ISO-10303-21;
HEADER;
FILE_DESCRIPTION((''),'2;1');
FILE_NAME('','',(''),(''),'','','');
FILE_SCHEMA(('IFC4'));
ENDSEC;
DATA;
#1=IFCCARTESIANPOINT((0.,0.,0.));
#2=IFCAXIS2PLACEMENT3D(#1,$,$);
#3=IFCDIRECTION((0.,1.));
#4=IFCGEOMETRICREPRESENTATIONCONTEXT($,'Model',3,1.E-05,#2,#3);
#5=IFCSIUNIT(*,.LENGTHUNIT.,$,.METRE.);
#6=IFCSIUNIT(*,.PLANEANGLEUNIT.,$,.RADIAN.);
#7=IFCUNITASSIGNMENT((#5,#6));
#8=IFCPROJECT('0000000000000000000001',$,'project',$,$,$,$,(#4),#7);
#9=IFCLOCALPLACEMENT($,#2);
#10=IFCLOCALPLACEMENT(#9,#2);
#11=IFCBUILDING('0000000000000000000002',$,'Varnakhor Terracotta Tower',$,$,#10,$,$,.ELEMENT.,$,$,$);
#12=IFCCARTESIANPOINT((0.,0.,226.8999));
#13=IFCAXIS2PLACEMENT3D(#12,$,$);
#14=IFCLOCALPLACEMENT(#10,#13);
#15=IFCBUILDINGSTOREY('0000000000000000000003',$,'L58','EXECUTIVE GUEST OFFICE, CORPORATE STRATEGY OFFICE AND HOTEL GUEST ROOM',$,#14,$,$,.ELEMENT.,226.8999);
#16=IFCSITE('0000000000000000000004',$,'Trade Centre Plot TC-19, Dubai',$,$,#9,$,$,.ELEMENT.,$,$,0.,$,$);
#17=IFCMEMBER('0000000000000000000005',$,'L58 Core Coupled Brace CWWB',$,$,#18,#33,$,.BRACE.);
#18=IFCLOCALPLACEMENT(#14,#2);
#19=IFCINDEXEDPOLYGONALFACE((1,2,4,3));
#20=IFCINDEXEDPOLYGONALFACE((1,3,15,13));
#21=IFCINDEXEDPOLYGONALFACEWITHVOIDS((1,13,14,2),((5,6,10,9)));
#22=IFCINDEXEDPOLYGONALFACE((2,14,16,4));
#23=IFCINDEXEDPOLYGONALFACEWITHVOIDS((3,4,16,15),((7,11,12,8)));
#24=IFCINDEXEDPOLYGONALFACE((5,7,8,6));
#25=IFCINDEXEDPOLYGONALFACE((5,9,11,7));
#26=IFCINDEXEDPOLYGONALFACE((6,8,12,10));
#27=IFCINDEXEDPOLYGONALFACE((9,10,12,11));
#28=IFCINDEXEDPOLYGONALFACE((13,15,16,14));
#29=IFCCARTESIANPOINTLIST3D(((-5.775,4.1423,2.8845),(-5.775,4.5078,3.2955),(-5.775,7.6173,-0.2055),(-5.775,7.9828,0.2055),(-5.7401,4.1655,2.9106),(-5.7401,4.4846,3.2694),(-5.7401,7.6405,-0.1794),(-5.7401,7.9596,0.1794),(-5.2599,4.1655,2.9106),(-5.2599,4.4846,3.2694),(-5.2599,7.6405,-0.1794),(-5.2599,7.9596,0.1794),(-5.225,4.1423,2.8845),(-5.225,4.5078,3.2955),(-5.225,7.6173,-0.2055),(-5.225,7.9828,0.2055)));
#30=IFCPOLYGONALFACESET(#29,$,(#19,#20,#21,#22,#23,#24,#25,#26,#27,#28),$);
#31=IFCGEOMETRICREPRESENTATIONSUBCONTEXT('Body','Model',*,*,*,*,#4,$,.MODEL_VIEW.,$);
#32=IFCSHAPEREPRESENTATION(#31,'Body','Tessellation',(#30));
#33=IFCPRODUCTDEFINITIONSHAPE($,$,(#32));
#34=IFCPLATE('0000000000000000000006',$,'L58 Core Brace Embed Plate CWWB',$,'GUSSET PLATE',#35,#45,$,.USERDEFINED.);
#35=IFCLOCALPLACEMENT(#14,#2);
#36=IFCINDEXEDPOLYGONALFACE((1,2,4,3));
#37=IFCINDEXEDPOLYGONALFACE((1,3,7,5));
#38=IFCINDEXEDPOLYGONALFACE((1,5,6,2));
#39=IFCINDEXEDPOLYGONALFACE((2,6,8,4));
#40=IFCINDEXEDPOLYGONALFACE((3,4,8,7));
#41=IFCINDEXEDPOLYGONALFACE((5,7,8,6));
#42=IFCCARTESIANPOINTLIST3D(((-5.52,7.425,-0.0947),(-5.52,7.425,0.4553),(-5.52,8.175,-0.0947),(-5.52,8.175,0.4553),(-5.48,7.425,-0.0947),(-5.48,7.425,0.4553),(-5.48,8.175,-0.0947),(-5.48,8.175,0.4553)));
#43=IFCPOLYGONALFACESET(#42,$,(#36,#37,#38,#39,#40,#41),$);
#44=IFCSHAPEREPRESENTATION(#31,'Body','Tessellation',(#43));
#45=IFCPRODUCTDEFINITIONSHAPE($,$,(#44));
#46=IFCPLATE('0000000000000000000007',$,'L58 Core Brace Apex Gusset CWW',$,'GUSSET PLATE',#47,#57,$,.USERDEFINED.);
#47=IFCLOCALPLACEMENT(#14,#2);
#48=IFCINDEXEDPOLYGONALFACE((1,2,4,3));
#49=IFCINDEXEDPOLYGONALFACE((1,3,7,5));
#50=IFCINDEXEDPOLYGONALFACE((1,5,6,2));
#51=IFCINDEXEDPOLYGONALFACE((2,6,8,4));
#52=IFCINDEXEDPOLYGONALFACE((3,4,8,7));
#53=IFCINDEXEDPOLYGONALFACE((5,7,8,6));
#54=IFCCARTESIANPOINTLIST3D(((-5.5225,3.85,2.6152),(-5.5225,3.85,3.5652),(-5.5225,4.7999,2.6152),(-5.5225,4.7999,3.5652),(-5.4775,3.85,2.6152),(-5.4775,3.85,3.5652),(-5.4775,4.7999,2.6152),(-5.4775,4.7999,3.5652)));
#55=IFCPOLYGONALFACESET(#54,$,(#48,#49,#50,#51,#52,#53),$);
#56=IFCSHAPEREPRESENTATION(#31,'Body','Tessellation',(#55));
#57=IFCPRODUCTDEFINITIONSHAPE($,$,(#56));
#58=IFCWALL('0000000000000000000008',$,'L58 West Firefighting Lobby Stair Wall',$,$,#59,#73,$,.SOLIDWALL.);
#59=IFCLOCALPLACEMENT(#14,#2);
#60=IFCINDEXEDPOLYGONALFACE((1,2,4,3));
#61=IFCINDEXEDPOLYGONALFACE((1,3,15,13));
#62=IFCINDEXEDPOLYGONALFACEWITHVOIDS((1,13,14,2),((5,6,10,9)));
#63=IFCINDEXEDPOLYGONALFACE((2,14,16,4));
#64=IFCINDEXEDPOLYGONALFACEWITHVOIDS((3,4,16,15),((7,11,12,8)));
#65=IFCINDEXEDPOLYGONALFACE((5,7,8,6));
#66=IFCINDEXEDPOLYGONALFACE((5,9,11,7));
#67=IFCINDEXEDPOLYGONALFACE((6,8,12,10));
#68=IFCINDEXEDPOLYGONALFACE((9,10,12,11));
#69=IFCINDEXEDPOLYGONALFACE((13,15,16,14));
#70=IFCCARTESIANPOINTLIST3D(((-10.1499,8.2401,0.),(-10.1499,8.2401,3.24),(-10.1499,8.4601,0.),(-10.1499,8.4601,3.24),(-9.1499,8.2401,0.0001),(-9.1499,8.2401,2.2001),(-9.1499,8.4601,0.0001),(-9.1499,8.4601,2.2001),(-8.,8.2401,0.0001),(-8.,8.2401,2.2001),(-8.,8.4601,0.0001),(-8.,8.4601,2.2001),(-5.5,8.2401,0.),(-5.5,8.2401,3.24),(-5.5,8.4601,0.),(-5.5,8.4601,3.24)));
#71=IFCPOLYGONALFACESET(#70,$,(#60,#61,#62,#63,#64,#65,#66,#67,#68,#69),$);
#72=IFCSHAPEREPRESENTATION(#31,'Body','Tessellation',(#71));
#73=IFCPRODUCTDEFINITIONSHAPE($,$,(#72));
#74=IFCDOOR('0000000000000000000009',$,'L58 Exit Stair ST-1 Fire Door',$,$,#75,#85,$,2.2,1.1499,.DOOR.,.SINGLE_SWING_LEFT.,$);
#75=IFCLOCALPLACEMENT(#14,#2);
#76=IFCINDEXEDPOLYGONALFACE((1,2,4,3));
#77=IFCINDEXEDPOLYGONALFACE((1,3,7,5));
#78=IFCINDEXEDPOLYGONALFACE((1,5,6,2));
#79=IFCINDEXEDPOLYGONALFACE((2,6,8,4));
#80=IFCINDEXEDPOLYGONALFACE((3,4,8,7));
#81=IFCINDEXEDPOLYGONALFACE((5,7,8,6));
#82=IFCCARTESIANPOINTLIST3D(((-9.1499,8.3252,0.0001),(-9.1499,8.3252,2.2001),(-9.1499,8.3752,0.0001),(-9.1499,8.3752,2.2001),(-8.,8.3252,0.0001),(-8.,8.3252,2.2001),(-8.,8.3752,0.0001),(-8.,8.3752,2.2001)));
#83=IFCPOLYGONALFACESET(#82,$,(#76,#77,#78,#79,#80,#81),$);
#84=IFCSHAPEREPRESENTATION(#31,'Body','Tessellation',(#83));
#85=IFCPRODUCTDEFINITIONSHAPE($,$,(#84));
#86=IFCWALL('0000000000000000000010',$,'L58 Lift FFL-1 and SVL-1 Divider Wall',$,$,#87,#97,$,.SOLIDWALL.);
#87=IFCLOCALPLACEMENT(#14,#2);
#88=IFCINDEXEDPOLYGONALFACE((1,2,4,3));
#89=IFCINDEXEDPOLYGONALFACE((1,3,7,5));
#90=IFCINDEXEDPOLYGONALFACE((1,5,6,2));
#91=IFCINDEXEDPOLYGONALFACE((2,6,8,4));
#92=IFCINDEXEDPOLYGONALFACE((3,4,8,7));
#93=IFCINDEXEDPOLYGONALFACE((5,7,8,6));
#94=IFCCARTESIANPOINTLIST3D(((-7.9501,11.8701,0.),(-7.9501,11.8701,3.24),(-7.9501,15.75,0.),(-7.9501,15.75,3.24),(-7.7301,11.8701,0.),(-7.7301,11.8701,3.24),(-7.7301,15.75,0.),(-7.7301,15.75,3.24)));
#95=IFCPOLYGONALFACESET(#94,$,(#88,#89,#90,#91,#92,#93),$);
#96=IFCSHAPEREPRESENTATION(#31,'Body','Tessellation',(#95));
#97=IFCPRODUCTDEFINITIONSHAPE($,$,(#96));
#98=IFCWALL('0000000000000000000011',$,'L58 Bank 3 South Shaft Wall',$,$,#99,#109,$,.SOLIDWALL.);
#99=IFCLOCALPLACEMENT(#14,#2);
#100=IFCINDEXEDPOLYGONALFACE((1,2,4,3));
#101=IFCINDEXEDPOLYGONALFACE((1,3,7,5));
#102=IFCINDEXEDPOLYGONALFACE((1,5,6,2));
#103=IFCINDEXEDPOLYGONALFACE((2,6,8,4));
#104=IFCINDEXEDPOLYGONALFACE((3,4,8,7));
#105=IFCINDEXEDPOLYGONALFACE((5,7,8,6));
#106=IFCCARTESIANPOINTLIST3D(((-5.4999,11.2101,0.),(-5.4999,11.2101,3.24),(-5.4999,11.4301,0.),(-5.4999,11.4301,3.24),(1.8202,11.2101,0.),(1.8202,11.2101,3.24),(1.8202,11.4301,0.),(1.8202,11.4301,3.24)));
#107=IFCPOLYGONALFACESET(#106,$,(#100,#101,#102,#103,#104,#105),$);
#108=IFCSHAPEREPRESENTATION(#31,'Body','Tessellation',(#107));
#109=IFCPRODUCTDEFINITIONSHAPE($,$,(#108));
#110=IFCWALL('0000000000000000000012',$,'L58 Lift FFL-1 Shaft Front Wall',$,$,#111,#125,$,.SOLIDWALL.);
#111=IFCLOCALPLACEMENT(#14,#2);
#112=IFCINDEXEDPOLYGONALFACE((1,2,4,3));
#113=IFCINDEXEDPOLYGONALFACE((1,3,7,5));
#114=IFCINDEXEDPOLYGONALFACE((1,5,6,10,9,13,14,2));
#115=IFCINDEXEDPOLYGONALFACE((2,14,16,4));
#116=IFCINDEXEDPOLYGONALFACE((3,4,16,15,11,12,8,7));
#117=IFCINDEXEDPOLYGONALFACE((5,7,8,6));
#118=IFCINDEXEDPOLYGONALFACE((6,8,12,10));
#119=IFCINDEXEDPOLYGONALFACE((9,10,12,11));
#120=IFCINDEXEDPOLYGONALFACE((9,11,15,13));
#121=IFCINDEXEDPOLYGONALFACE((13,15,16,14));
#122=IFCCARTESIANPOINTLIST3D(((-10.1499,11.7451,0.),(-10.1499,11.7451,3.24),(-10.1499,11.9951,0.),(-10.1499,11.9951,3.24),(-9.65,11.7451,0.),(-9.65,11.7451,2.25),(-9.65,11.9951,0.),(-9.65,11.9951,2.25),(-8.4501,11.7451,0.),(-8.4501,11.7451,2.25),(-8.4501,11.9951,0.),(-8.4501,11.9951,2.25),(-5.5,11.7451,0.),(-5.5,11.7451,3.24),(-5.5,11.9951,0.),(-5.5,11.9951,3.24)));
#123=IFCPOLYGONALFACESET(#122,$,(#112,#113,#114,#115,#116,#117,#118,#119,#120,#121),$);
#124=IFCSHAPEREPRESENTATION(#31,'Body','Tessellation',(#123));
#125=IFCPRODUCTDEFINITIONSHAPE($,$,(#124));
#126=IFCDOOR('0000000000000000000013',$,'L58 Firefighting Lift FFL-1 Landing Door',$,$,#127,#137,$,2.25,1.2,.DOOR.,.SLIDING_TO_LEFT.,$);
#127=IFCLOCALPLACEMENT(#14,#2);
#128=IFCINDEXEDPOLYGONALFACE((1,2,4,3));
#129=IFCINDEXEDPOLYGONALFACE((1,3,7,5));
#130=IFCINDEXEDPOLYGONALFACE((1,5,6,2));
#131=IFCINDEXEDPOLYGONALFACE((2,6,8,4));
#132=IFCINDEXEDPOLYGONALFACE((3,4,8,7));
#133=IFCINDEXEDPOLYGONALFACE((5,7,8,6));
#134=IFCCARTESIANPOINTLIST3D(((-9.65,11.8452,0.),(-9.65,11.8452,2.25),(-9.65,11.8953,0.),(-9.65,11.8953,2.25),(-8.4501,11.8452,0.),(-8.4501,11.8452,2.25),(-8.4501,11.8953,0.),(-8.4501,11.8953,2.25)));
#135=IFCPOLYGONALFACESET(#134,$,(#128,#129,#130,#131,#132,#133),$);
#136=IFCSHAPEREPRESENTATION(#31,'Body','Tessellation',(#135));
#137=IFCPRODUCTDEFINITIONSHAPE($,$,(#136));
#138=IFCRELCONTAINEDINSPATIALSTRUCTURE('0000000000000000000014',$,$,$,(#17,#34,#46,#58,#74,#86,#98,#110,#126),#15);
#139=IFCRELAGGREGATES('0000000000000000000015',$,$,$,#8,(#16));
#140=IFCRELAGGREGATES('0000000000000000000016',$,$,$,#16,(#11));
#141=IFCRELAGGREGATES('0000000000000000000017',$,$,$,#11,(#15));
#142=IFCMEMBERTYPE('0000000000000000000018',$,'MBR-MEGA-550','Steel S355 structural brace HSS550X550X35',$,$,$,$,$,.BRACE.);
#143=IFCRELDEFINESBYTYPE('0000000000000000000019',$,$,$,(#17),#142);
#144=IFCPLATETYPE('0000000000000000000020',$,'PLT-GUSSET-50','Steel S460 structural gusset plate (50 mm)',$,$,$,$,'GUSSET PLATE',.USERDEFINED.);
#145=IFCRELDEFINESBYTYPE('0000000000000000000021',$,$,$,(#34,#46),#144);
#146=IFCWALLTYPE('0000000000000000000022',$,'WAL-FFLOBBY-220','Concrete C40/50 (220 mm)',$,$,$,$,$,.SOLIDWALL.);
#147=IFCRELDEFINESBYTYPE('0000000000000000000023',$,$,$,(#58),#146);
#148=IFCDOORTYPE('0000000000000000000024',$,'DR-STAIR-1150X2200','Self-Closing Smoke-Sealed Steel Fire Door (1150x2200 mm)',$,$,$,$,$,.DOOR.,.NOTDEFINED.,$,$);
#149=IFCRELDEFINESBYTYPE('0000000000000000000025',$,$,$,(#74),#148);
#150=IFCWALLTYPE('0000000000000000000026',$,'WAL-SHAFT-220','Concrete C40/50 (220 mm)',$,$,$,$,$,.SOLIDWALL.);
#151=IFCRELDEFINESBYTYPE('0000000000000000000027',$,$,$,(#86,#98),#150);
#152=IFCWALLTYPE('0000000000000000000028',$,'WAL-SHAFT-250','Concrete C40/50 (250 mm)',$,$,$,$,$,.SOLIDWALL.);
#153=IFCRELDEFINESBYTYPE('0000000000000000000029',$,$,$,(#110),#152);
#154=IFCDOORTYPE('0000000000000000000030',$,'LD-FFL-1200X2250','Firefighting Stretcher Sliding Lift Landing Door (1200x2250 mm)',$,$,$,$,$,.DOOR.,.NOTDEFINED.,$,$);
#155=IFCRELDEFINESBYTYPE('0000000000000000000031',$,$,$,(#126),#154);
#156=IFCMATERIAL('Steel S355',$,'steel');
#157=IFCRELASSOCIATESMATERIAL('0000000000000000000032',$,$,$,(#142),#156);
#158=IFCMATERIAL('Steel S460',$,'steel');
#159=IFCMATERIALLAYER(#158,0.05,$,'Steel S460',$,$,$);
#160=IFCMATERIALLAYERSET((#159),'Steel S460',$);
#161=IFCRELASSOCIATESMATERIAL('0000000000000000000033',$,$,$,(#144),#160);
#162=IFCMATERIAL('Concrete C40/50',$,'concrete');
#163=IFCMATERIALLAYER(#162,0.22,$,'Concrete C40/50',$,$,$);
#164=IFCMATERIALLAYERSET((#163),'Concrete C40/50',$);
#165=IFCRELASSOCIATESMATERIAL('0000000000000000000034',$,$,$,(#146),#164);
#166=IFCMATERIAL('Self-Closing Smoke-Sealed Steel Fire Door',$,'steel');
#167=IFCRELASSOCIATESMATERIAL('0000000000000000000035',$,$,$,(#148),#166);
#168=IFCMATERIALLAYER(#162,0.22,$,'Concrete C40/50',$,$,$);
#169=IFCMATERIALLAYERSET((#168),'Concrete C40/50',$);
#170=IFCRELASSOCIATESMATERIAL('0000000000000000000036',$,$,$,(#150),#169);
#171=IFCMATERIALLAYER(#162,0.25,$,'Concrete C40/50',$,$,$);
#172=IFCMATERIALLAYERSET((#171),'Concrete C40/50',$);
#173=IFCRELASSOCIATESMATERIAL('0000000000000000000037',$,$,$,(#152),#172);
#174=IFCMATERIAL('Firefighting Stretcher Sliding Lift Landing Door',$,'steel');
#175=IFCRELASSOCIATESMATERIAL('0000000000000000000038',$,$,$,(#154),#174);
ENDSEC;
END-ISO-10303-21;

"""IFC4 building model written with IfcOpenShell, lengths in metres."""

from ifc_helpers import new_model, si_unit, direction, frame, frame_2d, origin, origin_2d, place, context, subcontext, project, spatial, rectangle, hollow_rectangle, extrude, source, transform, mapped, material, layer, layer_set, material_profile, profile_set, type_object, type_shapes, element, fill, save


model = new_model("IFC4")

# Units and contexts
model_context = context("Model", 3, precision=1e-05, world=origin(), true_north=direction((0.0, 1.0)))
body_context = subcontext(model_context, "Body", "Model", "MODEL_VIEW")
ifc_project = project(units=[si_unit("LENGTHUNIT", "METRE"), si_unit("PLANEANGLEUNIT", "RADIAN")], contexts=[model_context])

# Site, building, storey
site_placement = place(None, origin())
site = spatial("IfcSite", under=ifc_project, at=site_placement, Name="Trade Centre Plot TC-19, Dubai", CompositionType="ELEMENT", RefElevation=0.0)
building_placement = place(site_placement, origin())
building = spatial("IfcBuilding", under=site, at=building_placement, Name="Varnakhor Terracotta Tower", CompositionType="ELEMENT")
storey_placement = place(building_placement, frame((0.0, 0.0, 226.8999)))
storey = spatial("IfcBuildingStorey", under=building, at=storey_placement, Name="L58", Description="EXECUTIVE GUEST OFFICE, CORPORATE STRATEGY OFFICE AND HOTEL GUEST ROOM", CompositionType="ELEMENT", Elevation=226.8999)

# Member
ifc_material_1 = material(Name="Steel S355", Category="steel")
ifc_material_profile = material_profile(ifc_material_1, hollow_rectangle(XDim=0.55, YDim=0.55, WallThickness=0.0349, at=origin_2d()), Name="HSS550X550X35")
ifc_profile_set = profile_set([ifc_material_profile], Name="Steel S355")
member_type = type_object("IfcMemberType", Name="MBR-MEGA-550", Description="Steel S355 structural brace HSS550X550X35", PredefinedType="BRACE", material=ifc_profile_set)
shared_shape_1 = source(origin(), body_context, "Body", "SweptSolid", [
    extrude(hollow_rectangle(XDim=0.55, YDim=0.55, WallThickness=0.0349, at=origin_2d()), origin(), (0.0, 0.0, 1.0), 4.6501),
])
member_placement = place(storey_placement, frame((-5.5, 7.8, 0.0), z_axis=(0.0, -0.747291, 0.664497), x_axis=(1.0, 0.0, 0.0)))
element("IfcMember", 1, at=member_placement, inside=storey, type_object=member_type, Name="L58 Core Coupled Brace CWWB", PredefinedType="BRACE", context=body_context, shape_type="MappedRepresentation", body=[
    mapped(shared_shape_1, transform((0.0, 0.0, 0.0), scale=1.0)),
])

# Plates
ifc_material_2 = material(Name="Steel S460", Category="steel")
ifc_layer_1 = layer(ifc_material_2, 0.05, Name="Steel S460")
ifc_layer_set_1 = layer_set([ifc_layer_1], Name="Steel S460")
plate_type = type_object("IfcPlateType", Name="PLT-GUSSET-50", Description="Steel S460 structural gusset plate (50 mm)", ElementType="GUSSET PLATE", PredefinedType="USERDEFINED", material=ifc_layer_set_1)
shared_shape_2 = source(origin(), body_context, "Body", "SweptSolid", [
    extrude(rectangle(XDim=0.75, YDim=0.04, at=origin_2d()), origin(), (0.0, 0.0, 1.0), 0.55),
])
type_shapes(plate_type, [shared_shape_2])
plate_1_placement = place(storey_placement, frame((-5.5, 7.8, -0.0947), z_axis=(0.0, 0.0, 1.0), x_axis=(0.0, 1.0, 0.0)))
element("IfcPlate", 2, at=plate_1_placement, inside=storey, type_object=plate_type, Name="L58 Core Brace Embed Plate CWWB", ObjectType="GUSSET PLATE", PredefinedType="USERDEFINED", context=body_context, shape_type="MappedRepresentation", body=[
    mapped(shared_shape_2, transform((0.0, 0.0, 0.0), scale=1.0)),
])
shared_shape_3 = source(origin(), body_context, "Body", "SweptSolid", [
    extrude(rectangle(XDim=0.95, YDim=0.0449, at=origin_2d()), origin(), (0.0, 0.0, 1.0), 0.95),
])
plate_2_placement = place(storey_placement, frame((-5.5, 4.325, 2.6152), z_axis=(0.0, 0.0, 1.0), x_axis=(0.0, 1.0, 0.0)))
element("IfcPlate", 3, at=plate_2_placement, inside=storey, type_object=plate_type, Name="L58 Core Brace Apex Gusset CWW", ObjectType="GUSSET PLATE", PredefinedType="USERDEFINED", context=body_context, shape_type="MappedRepresentation", body=[
    mapped(shared_shape_3, transform((0.0, 0.0, 0.0), scale=1.0)),
])

# Wall, opening, door
ifc_material_3 = material(Name="Concrete C40/50", Category="concrete")
ifc_layer_2 = layer(ifc_material_3, 0.22, Name="Concrete C40/50")
ifc_layer_set_2 = layer_set([ifc_layer_2], Name="Concrete C40/50")
wall_type_1 = type_object("IfcWallType", Name="WAL-FFLOBBY-220", Description="Concrete C40/50 (220 mm)", PredefinedType="SOLIDWALL", material=ifc_layer_set_2)
wall_1_placement = place(storey_placement, frame((-5.5, 8.3501, 0.0), z_axis=(0.0, 0.0, 1.0), x_axis=(-1.0, 0.0, 0.0)))
wall_1 = element("IfcWall", 4, at=wall_1_placement, inside=storey, type_object=wall_type_1, Name="L58 West Firefighting Lobby Stair Wall", PredefinedType="SOLIDWALL", context=body_context, shape_type="SweptSolid", body=[
    extrude(rectangle(XDim=4.6499, YDim=0.22, at=frame_2d((2.325, 0.0))), origin(), (0.0, 0.0, 1.0), 3.24),
])
opening_1_placement = place(wall_1_placement, frame((2.5, 0.0, 0.0)))
opening_1 = element("IfcOpeningElement", 5, at=opening_1_placement, cuts=wall_1, PredefinedType="OPENING", context=body_context, shape_type="SweptSolid", body=[
    extrude(rectangle(XDim=1.1499, YDim=2.2, at=frame_2d((0.575, 1.1001))), frame((0.0, 0.1201, 0.0), z_axis=(0.0, -1.0, 0.0), x_axis=(1.0, 0.0, 0.0)), (0.0, 0.0, 1.0), 0.24),
])
ifc_material_4 = material(Name="Self-Closing Smoke-Sealed Steel Fire Door", Category="steel")
door_type_1 = type_object("IfcDoorType", Name="DR-STAIR-1150X2200", Description="Self-Closing Smoke-Sealed Steel Fire Door (1150x2200 mm)", OperationType="NOTDEFINED", PredefinedType="DOOR", material=ifc_material_4)
shared_shape_4 = source(origin(), body_context, "Body", "SweptSolid", [
    extrude(rectangle(XDim=1.1499, YDim=2.2, at=frame_2d((0.575, 1.1001))), frame((0.0, 0.0249, 0.0), z_axis=(0.0, -1.0, 0.0), x_axis=(1.0, 0.0, 0.0)), (0.0, 0.0, 1.0), 0.05),
])
type_shapes(door_type_1, [shared_shape_4])
door_1_placement = place(opening_1_placement, origin())
door_1 = element("IfcDoor", 6, at=door_1_placement, inside=storey, type_object=door_type_1, Name="L58 Exit Stair ST-1 Fire Door", OperationType="SINGLE_SWING_LEFT", OverallHeight=2.2, OverallWidth=1.1499, PredefinedType="DOOR", context=body_context, shape_type="MappedRepresentation", body=[
    mapped(shared_shape_4, transform((0.0, 0.0, 0.0), scale=1.0)),
])
fill(opening_1, door_1)

# Walls
ifc_layer_3 = layer(ifc_material_3, 0.22, Name="Concrete C40/50")
ifc_layer_set_3 = layer_set([ifc_layer_3], Name="Concrete C40/50")
wall_type_2 = type_object("IfcWallType", Name="WAL-SHAFT-220", Description="Concrete C40/50 (220 mm)", PredefinedType="SOLIDWALL", material=ifc_layer_set_3)
wall_2_placement = place(storey_placement, frame((-7.8401, 11.8701, 0.0), z_axis=(0.0, 0.0, 1.0), x_axis=(0.0, 1.0, 0.0)))
element("IfcWall", 7, at=wall_2_placement, inside=storey, type_object=wall_type_2, Name="L58 Lift FFL-1 and SVL-1 Divider Wall", PredefinedType="SOLIDWALL", context=body_context, shape_type="SweptSolid", body=[
    extrude(rectangle(XDim=3.8799, YDim=0.22, at=frame_2d((1.9399, 0.0))), origin(), (0.0, 0.0, 1.0), 3.24),
])
wall_3_placement = place(storey_placement, frame((-5.5, 11.3201, 0.0), z_axis=(0.0, 0.0, 1.0), x_axis=(1.0, 0.0, 0.0)))
element("IfcWall", 8, at=wall_3_placement, inside=storey, type_object=wall_type_2, Name="L58 Bank 3 South Shaft Wall", PredefinedType="SOLIDWALL", context=body_context, shape_type="SweptSolid", body=[
    extrude(rectangle(XDim=7.3201, YDim=0.22, at=frame_2d((3.6602, 0.0))), origin(), (0.0, 0.0, 1.0), 3.24),
])

# Wall, opening, door
ifc_layer_4 = layer(ifc_material_3, 0.25, Name="Concrete C40/50")
ifc_layer_set_4 = layer_set([ifc_layer_4], Name="Concrete C40/50")
wall_type_3 = type_object("IfcWallType", Name="WAL-SHAFT-250", Description="Concrete C40/50 (250 mm)", PredefinedType="SOLIDWALL", material=ifc_layer_set_4)
wall_4_placement = place(storey_placement, frame((-5.5, 11.8701, 0.0), z_axis=(0.0, 0.0, 1.0), x_axis=(-1.0, 0.0, 0.0)))
wall_4 = element("IfcWall", 9, at=wall_4_placement, inside=storey, type_object=wall_type_3, Name="L58 Lift FFL-1 Shaft Front Wall", PredefinedType="SOLIDWALL", context=body_context, shape_type="SweptSolid", body=[
    extrude(rectangle(XDim=4.6499, YDim=0.25, at=frame_2d((2.325, 0.0))), origin(), (0.0, 0.0, 1.0), 3.24),
])
opening_2_placement = place(wall_4_placement, frame((2.95, 0.0, 0.0)))
opening_2 = element("IfcOpeningElement", 10, at=opening_2_placement, cuts=wall_4, PredefinedType="OPENING", context=body_context, shape_type="SweptSolid", body=[
    extrude(rectangle(XDim=1.2, YDim=2.25, at=frame_2d((0.6001, 1.125))), frame((0.0, 0.135, 0.0), z_axis=(0.0, -1.0, 0.0), x_axis=(1.0, 0.0, 0.0)), (0.0, 0.0, 1.0), 0.27),
])
ifc_material_5 = material(Name="Firefighting Stretcher Sliding Lift Landing Door", Category="steel")
door_type_2 = type_object("IfcDoorType", Name="LD-FFL-1200X2250", Description="Firefighting Stretcher Sliding Lift Landing Door (1200x2250 mm)", OperationType="NOTDEFINED", PredefinedType="DOOR", material=ifc_material_5)
shared_shape_5 = source(origin(), body_context, "Body", "SweptSolid", [
    extrude(rectangle(XDim=1.2, YDim=2.25, at=frame_2d((0.6001, 1.125))), frame((0.0, 0.0249, 0.0), z_axis=(0.0, -1.0, 0.0), x_axis=(1.0, 0.0, 0.0)), (0.0, 0.0, 1.0), 0.05),
])
type_shapes(door_type_2, [shared_shape_5])
door_2_placement = place(opening_2_placement, origin())
door_2 = element("IfcDoor", 11, at=door_2_placement, inside=storey, type_object=door_type_2, Name="L58 Firefighting Lift FFL-1 Landing Door", OperationType="SLIDING_TO_LEFT", OverallHeight=2.25, OverallWidth=1.2, PredefinedType="DOOR", context=body_context, shape_type="MappedRepresentation", body=[
    mapped(shared_shape_5, transform((0.0, 0.0, 0.0), scale=1.0)),
])
fill(opening_2, door_2)

save(model, "model.ifc")
